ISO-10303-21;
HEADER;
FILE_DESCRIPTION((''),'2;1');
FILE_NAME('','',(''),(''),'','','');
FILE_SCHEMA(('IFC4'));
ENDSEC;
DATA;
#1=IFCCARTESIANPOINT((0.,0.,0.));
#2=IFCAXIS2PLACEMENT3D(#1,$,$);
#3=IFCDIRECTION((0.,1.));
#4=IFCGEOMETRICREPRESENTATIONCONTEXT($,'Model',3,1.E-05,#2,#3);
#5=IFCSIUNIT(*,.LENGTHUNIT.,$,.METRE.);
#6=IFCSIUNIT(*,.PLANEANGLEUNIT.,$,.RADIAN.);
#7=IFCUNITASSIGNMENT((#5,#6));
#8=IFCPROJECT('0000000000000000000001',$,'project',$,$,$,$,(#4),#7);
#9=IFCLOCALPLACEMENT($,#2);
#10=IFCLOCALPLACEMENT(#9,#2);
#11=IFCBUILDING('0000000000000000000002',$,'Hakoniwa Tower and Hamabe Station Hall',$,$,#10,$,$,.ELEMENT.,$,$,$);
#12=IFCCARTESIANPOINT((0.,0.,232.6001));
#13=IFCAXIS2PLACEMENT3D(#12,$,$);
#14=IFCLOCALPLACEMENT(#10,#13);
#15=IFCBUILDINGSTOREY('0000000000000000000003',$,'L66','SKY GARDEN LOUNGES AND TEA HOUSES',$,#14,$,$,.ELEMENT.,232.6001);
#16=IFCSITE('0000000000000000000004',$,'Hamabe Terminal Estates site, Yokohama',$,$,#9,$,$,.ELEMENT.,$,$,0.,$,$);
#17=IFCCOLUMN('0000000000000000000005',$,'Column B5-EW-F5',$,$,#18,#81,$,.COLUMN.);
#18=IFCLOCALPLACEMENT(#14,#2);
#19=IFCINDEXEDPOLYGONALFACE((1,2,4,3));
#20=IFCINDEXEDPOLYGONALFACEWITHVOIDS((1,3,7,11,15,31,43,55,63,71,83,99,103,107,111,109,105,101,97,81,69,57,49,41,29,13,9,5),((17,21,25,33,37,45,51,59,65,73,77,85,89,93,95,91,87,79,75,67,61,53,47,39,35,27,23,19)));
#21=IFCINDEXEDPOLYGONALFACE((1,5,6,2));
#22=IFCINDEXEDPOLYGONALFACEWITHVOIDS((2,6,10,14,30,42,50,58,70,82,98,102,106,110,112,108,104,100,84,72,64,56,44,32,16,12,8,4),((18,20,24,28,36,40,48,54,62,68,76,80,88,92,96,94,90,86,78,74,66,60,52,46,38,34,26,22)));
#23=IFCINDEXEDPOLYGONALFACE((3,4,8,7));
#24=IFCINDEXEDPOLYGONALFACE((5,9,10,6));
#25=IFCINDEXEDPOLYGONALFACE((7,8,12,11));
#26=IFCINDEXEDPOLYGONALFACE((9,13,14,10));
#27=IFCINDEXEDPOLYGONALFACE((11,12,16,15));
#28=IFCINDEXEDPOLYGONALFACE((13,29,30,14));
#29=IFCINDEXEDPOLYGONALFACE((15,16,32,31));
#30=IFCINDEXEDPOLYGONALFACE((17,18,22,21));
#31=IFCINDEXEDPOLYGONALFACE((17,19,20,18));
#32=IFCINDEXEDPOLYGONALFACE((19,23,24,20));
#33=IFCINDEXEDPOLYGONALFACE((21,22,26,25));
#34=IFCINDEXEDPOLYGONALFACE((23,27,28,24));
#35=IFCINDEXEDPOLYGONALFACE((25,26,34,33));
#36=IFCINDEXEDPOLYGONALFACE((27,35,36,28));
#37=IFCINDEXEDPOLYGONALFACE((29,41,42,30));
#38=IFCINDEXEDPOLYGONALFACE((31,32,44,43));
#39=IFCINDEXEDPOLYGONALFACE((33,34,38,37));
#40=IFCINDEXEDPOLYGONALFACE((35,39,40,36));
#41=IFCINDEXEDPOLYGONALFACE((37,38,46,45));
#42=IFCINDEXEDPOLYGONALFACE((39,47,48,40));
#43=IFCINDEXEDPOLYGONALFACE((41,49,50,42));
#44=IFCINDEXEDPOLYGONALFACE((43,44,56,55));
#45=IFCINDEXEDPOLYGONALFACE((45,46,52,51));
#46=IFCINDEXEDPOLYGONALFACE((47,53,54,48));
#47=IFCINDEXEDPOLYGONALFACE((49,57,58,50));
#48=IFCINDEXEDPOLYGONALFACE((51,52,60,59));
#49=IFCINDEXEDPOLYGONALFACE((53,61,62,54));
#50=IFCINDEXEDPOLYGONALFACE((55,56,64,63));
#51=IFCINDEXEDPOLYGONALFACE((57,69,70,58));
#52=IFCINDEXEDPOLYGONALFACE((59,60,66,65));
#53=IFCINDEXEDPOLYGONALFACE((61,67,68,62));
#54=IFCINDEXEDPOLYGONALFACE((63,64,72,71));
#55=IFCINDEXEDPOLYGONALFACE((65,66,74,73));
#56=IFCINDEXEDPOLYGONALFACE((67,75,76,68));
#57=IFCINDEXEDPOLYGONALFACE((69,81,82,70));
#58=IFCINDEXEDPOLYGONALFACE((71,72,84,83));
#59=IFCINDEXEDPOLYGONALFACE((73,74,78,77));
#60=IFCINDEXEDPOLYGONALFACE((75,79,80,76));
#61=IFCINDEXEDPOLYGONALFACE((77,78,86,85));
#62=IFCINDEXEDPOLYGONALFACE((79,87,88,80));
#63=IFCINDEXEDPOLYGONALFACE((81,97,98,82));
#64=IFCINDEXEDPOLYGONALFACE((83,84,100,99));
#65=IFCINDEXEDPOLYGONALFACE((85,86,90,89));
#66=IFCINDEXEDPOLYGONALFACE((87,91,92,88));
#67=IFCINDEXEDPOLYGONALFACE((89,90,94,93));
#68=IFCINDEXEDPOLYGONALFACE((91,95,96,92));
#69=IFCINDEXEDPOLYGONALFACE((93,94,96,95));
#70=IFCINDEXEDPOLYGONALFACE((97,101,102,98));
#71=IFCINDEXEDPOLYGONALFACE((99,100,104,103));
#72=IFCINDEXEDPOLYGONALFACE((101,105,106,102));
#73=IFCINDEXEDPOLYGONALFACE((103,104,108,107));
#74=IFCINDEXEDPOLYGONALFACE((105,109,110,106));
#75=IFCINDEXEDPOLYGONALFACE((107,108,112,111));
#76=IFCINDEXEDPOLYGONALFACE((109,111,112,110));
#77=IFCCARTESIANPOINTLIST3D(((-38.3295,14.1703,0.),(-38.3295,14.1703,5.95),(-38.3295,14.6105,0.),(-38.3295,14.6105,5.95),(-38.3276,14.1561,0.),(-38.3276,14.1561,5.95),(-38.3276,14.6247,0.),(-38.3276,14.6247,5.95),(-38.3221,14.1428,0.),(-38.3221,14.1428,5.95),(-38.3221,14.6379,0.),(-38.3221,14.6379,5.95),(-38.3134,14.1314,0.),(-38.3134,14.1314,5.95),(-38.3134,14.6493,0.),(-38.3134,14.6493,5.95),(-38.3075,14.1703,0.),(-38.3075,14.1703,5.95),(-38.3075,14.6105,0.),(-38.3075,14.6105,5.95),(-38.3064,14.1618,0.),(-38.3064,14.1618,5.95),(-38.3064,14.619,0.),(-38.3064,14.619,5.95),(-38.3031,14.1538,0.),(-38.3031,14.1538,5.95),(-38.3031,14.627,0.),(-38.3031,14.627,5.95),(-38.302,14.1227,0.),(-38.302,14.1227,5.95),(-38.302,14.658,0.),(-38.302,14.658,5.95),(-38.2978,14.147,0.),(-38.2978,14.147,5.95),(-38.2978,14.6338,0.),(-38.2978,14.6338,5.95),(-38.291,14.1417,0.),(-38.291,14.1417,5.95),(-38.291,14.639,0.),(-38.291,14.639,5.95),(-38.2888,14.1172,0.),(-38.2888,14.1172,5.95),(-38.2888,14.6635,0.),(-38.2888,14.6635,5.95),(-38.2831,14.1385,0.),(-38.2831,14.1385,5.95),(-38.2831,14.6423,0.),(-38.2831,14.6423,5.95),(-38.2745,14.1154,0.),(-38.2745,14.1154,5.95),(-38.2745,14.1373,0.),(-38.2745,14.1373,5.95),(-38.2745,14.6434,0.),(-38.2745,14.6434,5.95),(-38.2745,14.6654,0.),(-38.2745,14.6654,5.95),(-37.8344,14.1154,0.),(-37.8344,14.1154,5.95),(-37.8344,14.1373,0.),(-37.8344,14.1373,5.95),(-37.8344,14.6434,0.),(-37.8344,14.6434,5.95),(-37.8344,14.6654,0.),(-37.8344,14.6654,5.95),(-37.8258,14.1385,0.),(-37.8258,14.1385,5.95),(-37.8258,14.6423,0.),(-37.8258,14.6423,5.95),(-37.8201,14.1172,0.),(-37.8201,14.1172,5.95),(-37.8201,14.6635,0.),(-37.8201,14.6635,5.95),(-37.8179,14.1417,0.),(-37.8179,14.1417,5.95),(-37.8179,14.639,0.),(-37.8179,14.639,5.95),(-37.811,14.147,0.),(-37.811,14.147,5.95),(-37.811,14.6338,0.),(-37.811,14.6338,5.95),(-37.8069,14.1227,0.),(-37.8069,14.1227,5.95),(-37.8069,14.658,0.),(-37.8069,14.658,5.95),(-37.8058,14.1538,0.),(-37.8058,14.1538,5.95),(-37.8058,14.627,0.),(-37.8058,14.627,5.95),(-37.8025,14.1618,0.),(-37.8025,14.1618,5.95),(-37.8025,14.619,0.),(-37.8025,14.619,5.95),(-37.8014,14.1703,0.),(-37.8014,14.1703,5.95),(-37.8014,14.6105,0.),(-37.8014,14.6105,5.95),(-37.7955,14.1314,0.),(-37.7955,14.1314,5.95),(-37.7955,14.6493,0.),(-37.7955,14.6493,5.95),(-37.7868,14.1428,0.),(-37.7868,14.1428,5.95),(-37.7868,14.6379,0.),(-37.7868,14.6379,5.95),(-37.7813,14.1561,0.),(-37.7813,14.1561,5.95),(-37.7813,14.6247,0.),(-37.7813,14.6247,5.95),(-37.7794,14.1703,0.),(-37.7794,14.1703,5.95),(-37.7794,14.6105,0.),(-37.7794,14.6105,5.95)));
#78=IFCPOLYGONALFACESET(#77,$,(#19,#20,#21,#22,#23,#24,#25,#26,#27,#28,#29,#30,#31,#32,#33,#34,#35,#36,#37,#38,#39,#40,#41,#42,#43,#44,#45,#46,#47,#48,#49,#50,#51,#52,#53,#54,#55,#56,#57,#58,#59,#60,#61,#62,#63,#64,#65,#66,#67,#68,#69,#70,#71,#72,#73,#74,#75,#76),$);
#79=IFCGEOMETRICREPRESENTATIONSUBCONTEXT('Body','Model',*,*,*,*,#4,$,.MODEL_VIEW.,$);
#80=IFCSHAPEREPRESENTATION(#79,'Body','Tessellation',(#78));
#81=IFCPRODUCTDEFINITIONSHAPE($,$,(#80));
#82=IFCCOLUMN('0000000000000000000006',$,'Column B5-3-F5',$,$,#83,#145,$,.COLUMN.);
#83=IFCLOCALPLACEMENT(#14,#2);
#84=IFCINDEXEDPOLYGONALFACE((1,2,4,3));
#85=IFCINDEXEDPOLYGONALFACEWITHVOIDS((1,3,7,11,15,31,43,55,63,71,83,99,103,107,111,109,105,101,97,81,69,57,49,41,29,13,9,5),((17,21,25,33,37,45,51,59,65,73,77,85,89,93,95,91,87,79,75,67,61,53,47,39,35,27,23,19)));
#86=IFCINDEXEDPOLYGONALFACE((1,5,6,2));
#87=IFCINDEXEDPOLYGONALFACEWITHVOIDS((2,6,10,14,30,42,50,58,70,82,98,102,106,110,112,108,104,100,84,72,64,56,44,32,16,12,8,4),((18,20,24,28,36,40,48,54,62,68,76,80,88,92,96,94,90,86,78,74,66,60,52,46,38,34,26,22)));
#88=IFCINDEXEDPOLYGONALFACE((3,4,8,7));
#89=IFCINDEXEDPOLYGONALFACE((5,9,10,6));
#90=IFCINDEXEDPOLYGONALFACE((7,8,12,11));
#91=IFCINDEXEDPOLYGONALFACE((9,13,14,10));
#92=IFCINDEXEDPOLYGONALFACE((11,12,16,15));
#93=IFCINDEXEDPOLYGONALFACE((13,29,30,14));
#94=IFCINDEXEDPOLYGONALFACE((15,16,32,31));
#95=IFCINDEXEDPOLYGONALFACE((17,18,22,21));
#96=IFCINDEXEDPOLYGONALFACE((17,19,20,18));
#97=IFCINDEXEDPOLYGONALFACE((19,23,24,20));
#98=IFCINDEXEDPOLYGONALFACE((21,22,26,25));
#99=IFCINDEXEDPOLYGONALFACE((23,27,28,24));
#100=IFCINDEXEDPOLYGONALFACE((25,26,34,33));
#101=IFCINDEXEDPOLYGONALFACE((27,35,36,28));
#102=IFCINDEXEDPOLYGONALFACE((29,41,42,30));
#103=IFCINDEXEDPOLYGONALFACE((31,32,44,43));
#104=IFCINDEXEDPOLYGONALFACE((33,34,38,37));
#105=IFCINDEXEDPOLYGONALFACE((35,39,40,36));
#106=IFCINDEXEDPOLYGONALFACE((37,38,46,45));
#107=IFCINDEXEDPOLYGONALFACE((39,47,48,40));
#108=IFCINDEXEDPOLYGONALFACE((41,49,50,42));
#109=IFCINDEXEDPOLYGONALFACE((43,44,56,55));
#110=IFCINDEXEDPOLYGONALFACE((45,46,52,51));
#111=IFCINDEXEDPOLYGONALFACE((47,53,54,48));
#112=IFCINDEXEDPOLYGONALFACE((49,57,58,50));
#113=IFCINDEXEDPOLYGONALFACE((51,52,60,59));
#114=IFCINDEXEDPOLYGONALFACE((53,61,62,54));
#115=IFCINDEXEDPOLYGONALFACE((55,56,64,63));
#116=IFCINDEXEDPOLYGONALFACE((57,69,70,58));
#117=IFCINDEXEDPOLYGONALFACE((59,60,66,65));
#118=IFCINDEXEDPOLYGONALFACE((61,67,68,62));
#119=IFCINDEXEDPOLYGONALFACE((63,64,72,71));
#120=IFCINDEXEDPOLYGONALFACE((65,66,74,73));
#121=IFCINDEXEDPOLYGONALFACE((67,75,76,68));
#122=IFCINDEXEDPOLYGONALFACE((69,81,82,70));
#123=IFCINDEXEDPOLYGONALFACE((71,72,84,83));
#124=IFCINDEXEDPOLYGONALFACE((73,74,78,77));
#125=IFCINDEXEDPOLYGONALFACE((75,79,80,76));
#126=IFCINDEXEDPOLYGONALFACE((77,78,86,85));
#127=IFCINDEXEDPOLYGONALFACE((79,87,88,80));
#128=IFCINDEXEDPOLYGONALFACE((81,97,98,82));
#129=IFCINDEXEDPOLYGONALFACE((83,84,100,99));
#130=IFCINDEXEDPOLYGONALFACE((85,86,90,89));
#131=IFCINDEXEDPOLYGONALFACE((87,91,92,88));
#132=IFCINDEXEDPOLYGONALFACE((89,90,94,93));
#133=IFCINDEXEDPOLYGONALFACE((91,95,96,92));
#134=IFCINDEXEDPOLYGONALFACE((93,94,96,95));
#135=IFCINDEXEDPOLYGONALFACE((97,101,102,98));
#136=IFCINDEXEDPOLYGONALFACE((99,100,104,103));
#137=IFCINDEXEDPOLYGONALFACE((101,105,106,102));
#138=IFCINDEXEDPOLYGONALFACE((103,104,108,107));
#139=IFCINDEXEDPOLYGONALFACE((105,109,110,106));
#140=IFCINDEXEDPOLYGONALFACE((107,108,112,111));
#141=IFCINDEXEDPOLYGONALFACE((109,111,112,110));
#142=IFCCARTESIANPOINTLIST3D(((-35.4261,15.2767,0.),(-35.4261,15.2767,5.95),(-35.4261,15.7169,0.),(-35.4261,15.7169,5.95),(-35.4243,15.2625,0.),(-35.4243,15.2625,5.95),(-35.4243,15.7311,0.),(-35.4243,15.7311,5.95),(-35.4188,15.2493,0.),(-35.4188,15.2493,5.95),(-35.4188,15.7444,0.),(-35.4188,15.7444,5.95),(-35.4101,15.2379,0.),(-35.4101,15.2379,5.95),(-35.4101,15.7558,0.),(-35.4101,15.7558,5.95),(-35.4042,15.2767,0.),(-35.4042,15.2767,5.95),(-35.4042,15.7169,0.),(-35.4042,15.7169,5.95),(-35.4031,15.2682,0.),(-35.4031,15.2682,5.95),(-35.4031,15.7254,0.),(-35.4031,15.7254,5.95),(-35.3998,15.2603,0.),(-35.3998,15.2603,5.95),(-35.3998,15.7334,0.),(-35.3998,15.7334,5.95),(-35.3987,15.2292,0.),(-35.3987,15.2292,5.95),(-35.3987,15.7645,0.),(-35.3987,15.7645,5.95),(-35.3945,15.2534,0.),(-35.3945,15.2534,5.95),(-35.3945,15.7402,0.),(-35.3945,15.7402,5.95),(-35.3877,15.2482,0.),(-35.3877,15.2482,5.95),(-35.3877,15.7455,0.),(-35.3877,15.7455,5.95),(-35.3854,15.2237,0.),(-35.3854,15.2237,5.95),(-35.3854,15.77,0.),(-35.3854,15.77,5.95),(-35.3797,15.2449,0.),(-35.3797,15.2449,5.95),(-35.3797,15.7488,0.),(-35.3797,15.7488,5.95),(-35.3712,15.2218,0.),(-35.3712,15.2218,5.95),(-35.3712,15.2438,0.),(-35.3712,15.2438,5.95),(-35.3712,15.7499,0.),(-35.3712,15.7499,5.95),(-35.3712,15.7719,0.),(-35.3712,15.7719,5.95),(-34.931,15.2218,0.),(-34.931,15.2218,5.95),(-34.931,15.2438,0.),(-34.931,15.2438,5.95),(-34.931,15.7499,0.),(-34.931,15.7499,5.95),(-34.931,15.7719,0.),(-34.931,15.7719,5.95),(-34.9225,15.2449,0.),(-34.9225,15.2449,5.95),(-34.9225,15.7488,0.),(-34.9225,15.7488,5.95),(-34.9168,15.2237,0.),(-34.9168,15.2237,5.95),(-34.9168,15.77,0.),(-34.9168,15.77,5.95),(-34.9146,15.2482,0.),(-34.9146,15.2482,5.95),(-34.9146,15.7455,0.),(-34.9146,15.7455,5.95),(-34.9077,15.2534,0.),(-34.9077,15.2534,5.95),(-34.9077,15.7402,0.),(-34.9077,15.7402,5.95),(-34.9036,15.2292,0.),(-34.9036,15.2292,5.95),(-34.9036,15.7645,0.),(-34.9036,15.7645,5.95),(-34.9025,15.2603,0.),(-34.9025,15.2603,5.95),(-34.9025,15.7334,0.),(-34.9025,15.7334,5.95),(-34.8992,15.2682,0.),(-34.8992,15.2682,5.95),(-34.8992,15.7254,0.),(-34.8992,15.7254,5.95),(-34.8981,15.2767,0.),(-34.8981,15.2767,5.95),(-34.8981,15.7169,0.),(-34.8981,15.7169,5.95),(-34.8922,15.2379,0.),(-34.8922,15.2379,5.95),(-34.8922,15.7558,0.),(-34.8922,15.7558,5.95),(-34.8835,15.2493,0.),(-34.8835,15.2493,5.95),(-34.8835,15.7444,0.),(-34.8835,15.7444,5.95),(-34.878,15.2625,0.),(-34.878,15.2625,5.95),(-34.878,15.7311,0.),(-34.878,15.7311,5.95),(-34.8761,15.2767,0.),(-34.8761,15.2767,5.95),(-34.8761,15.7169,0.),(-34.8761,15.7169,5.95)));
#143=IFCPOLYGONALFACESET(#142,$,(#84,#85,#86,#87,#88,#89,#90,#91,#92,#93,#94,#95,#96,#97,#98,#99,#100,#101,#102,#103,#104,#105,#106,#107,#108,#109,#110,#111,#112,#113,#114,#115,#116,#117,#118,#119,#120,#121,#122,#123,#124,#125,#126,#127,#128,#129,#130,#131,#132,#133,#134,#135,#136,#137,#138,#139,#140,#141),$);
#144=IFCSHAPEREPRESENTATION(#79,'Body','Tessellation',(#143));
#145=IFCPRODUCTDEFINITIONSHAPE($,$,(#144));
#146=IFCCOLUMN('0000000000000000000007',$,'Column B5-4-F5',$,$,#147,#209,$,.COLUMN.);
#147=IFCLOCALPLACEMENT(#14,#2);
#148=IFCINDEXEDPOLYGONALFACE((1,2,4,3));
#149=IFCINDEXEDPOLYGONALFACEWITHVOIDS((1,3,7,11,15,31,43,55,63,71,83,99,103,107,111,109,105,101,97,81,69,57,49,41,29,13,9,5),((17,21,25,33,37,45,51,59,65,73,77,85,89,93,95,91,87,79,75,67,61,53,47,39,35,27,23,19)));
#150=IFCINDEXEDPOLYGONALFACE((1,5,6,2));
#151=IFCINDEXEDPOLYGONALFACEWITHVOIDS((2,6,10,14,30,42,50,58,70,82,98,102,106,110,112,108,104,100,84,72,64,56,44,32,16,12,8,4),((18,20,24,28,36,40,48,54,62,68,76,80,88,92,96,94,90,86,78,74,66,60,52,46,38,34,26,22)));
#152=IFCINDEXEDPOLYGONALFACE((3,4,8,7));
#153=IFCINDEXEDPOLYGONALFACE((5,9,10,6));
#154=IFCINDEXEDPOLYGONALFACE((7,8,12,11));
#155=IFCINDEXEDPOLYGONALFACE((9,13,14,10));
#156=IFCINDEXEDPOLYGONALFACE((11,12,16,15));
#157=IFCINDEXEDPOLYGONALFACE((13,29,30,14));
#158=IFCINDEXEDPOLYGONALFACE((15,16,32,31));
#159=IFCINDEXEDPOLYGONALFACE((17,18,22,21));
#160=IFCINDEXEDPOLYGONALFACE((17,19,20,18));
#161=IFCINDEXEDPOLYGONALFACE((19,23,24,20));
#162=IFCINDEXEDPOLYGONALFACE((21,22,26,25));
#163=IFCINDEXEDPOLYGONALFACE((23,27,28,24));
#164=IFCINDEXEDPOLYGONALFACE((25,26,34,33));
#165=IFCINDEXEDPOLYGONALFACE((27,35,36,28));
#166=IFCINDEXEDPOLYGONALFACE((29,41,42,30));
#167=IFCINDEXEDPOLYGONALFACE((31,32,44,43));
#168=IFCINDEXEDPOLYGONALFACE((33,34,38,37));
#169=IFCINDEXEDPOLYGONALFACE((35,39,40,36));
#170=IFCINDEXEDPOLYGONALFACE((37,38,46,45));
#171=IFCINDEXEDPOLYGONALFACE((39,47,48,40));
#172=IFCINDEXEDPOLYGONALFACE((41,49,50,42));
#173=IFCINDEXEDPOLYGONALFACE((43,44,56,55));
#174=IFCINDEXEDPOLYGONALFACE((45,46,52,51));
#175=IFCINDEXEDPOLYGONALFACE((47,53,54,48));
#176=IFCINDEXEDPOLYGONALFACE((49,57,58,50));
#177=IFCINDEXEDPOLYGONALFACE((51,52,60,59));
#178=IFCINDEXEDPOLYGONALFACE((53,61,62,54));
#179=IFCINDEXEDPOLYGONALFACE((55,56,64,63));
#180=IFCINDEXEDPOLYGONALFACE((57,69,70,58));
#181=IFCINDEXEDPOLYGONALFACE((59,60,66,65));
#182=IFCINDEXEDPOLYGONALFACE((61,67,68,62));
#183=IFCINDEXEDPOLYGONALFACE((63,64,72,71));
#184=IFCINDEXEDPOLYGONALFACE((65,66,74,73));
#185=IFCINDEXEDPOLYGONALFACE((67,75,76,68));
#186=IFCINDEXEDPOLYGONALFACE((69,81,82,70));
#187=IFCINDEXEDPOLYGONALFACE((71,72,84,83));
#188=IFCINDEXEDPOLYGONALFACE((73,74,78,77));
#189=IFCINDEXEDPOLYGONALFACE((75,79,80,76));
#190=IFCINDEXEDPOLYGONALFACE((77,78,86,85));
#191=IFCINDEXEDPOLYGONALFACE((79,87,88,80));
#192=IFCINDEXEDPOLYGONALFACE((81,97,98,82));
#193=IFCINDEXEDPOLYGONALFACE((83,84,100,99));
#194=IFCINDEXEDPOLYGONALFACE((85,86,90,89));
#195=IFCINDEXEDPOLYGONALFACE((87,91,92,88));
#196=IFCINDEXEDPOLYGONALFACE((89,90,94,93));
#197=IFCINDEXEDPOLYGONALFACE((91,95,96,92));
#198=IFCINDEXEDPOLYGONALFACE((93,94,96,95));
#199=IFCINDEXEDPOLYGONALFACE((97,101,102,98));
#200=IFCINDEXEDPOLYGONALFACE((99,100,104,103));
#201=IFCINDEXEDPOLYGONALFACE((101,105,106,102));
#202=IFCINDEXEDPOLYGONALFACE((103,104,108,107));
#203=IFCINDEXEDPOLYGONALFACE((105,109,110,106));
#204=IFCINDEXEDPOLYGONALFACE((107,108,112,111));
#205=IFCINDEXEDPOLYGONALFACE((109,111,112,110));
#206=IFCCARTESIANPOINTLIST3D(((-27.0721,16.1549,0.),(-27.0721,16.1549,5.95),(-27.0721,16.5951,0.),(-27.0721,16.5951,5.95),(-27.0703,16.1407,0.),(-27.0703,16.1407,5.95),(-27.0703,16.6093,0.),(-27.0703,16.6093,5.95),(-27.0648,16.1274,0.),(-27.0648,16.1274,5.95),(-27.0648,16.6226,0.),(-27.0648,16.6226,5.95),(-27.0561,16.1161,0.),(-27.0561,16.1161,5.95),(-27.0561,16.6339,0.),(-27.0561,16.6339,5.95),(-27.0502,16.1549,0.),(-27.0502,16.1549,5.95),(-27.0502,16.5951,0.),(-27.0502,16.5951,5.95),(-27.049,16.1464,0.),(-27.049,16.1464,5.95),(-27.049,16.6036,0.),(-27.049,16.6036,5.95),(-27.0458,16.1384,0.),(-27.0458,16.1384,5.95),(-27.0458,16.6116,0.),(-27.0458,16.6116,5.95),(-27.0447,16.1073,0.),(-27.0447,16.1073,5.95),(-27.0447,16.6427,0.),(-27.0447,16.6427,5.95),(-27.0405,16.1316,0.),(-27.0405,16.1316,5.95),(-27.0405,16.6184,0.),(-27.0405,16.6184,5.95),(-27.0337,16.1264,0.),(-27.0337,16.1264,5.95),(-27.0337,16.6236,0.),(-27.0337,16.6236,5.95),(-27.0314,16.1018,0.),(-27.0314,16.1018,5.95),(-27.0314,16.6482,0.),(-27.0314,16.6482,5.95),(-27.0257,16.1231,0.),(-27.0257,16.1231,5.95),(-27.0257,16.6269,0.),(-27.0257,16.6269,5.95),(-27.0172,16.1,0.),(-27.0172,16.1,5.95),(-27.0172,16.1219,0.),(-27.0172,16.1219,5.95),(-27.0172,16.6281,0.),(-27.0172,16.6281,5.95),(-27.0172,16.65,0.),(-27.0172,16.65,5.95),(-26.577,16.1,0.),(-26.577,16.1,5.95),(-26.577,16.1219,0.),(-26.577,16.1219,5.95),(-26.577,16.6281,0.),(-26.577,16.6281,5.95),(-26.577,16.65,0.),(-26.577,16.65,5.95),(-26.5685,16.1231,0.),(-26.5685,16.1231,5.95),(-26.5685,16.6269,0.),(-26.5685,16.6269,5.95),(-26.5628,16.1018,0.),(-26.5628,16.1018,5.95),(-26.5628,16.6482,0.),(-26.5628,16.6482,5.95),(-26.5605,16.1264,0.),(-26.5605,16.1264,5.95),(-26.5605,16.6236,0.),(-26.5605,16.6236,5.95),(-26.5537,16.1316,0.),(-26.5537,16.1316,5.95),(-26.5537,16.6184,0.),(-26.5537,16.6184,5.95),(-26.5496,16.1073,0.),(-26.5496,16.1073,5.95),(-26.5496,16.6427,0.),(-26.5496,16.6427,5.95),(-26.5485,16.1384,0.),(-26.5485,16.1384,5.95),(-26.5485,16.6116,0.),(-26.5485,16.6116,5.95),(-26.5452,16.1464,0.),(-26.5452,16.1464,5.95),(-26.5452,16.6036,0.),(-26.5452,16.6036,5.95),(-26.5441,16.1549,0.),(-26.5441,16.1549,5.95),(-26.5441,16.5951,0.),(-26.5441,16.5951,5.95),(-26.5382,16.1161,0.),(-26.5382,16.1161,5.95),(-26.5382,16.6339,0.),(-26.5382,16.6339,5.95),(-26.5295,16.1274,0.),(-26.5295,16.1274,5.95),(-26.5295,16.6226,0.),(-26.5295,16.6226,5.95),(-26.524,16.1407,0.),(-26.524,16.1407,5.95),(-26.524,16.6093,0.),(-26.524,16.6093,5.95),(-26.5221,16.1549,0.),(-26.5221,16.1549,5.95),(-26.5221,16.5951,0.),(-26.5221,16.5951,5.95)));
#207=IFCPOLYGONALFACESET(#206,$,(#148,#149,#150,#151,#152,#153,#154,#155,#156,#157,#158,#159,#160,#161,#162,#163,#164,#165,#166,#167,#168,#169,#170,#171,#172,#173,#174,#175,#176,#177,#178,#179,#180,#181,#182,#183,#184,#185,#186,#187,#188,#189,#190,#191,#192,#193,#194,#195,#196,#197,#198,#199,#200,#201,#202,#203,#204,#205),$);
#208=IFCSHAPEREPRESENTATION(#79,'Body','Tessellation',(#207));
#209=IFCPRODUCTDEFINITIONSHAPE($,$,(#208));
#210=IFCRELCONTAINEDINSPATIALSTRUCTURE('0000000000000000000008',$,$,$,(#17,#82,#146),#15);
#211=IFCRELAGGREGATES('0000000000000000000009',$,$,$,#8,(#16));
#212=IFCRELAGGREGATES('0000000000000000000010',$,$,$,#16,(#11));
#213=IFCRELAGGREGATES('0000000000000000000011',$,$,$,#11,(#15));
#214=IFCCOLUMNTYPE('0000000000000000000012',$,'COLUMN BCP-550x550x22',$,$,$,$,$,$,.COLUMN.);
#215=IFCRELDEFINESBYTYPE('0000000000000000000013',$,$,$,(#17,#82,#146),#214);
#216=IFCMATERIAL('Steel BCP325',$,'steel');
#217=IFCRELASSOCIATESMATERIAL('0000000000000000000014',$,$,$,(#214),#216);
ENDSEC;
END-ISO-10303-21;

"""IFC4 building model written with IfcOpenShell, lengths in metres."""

from ifc_helpers import new_model, si_unit, direction, frame, origin, origin_2d, place, context, subcontext, project, spatial, hollow_rectangle, extrude, material, material_profile, profile_set, type_object, element, save


model = new_model("IFC4")

# Units and contexts
model_context = context("Model", 3, precision=1e-05, world=origin(), true_north=direction((0.0, 1.0)))
body_context = subcontext(model_context, "Body", "Model", "MODEL_VIEW")
ifc_project = project(units=[si_unit("LENGTHUNIT", "METRE"), si_unit("PLANEANGLEUNIT", "RADIAN")], contexts=[model_context])

# Site, building, storey
site_placement = place(None, origin())
site = spatial("IfcSite", under=ifc_project, at=site_placement, Name="Hamabe Terminal Estates site, Yokohama", CompositionType="ELEMENT", RefElevation=0.0)
building_placement = place(site_placement, origin())
building = spatial("IfcBuilding", under=site, at=building_placement, Name="Hakoniwa Tower and Hamabe Station Hall", CompositionType="ELEMENT")
storey_placement = place(building_placement, frame((0.0, 0.0, 232.6001)))
storey = spatial("IfcBuildingStorey", under=building, at=storey_placement, Name="L66", Description="SKY GARDEN LOUNGES AND TEA HOUSES", CompositionType="ELEMENT", Elevation=232.6001)

# Columns
ifc_material_1 = material(Name="Steel BCP325", Category="steel")
ifc_material_profile_1 = material_profile(ifc_material_1, hollow_rectangle(XDim=0.55, YDim=0.55, WallThickness=0.022, InnerFilletRadius=0.033, OuterFilletRadius=0.0549, at=origin_2d()), Name="BCP-550x550x22")
ifc_profile_set_1 = profile_set([ifc_material_profile_1], Name="Steel BCP325")
column_type = type_object("IfcColumnType", Name="COLUMN BCP-550x550x22", PredefinedType="COLUMN", material=ifc_profile_set_1)
for number, where, z_axis, x_axis, name in (
    (1, (-38.0544, 14.3904, 0.0), (0.0, 0.0, 1.0), (1.0, 0.0, 0.0), "Column B5-EW-F5"),
    (2, (-35.1511, 15.4968, 0.0), (0.0, 0.0, 1.0), (1.0, 0.0, 0.0), "Column B5-3-F5"),
    (3, (-26.7971, 16.375, 0.0), (0.0, 0.0, 1.0), (1.0, 0.0, 0.0), "Column B5-4-F5"),
):
    element("IfcColumn", number, at=place(storey_placement, frame(where, z_axis=z_axis, x_axis=x_axis)), inside=storey, type_object=column_type, Name=name, PredefinedType="COLUMN", context=body_context, shape_type="SweptSolid", body=[
        extrude(hollow_rectangle(XDim=0.55, YDim=0.55, WallThickness=0.022, InnerFilletRadius=0.033, OuterFilletRadius=0.0549, at=origin_2d()), origin(), (0.0, 0.0, 1.0), 5.95),
    ])

save(model, "model.ifc")
